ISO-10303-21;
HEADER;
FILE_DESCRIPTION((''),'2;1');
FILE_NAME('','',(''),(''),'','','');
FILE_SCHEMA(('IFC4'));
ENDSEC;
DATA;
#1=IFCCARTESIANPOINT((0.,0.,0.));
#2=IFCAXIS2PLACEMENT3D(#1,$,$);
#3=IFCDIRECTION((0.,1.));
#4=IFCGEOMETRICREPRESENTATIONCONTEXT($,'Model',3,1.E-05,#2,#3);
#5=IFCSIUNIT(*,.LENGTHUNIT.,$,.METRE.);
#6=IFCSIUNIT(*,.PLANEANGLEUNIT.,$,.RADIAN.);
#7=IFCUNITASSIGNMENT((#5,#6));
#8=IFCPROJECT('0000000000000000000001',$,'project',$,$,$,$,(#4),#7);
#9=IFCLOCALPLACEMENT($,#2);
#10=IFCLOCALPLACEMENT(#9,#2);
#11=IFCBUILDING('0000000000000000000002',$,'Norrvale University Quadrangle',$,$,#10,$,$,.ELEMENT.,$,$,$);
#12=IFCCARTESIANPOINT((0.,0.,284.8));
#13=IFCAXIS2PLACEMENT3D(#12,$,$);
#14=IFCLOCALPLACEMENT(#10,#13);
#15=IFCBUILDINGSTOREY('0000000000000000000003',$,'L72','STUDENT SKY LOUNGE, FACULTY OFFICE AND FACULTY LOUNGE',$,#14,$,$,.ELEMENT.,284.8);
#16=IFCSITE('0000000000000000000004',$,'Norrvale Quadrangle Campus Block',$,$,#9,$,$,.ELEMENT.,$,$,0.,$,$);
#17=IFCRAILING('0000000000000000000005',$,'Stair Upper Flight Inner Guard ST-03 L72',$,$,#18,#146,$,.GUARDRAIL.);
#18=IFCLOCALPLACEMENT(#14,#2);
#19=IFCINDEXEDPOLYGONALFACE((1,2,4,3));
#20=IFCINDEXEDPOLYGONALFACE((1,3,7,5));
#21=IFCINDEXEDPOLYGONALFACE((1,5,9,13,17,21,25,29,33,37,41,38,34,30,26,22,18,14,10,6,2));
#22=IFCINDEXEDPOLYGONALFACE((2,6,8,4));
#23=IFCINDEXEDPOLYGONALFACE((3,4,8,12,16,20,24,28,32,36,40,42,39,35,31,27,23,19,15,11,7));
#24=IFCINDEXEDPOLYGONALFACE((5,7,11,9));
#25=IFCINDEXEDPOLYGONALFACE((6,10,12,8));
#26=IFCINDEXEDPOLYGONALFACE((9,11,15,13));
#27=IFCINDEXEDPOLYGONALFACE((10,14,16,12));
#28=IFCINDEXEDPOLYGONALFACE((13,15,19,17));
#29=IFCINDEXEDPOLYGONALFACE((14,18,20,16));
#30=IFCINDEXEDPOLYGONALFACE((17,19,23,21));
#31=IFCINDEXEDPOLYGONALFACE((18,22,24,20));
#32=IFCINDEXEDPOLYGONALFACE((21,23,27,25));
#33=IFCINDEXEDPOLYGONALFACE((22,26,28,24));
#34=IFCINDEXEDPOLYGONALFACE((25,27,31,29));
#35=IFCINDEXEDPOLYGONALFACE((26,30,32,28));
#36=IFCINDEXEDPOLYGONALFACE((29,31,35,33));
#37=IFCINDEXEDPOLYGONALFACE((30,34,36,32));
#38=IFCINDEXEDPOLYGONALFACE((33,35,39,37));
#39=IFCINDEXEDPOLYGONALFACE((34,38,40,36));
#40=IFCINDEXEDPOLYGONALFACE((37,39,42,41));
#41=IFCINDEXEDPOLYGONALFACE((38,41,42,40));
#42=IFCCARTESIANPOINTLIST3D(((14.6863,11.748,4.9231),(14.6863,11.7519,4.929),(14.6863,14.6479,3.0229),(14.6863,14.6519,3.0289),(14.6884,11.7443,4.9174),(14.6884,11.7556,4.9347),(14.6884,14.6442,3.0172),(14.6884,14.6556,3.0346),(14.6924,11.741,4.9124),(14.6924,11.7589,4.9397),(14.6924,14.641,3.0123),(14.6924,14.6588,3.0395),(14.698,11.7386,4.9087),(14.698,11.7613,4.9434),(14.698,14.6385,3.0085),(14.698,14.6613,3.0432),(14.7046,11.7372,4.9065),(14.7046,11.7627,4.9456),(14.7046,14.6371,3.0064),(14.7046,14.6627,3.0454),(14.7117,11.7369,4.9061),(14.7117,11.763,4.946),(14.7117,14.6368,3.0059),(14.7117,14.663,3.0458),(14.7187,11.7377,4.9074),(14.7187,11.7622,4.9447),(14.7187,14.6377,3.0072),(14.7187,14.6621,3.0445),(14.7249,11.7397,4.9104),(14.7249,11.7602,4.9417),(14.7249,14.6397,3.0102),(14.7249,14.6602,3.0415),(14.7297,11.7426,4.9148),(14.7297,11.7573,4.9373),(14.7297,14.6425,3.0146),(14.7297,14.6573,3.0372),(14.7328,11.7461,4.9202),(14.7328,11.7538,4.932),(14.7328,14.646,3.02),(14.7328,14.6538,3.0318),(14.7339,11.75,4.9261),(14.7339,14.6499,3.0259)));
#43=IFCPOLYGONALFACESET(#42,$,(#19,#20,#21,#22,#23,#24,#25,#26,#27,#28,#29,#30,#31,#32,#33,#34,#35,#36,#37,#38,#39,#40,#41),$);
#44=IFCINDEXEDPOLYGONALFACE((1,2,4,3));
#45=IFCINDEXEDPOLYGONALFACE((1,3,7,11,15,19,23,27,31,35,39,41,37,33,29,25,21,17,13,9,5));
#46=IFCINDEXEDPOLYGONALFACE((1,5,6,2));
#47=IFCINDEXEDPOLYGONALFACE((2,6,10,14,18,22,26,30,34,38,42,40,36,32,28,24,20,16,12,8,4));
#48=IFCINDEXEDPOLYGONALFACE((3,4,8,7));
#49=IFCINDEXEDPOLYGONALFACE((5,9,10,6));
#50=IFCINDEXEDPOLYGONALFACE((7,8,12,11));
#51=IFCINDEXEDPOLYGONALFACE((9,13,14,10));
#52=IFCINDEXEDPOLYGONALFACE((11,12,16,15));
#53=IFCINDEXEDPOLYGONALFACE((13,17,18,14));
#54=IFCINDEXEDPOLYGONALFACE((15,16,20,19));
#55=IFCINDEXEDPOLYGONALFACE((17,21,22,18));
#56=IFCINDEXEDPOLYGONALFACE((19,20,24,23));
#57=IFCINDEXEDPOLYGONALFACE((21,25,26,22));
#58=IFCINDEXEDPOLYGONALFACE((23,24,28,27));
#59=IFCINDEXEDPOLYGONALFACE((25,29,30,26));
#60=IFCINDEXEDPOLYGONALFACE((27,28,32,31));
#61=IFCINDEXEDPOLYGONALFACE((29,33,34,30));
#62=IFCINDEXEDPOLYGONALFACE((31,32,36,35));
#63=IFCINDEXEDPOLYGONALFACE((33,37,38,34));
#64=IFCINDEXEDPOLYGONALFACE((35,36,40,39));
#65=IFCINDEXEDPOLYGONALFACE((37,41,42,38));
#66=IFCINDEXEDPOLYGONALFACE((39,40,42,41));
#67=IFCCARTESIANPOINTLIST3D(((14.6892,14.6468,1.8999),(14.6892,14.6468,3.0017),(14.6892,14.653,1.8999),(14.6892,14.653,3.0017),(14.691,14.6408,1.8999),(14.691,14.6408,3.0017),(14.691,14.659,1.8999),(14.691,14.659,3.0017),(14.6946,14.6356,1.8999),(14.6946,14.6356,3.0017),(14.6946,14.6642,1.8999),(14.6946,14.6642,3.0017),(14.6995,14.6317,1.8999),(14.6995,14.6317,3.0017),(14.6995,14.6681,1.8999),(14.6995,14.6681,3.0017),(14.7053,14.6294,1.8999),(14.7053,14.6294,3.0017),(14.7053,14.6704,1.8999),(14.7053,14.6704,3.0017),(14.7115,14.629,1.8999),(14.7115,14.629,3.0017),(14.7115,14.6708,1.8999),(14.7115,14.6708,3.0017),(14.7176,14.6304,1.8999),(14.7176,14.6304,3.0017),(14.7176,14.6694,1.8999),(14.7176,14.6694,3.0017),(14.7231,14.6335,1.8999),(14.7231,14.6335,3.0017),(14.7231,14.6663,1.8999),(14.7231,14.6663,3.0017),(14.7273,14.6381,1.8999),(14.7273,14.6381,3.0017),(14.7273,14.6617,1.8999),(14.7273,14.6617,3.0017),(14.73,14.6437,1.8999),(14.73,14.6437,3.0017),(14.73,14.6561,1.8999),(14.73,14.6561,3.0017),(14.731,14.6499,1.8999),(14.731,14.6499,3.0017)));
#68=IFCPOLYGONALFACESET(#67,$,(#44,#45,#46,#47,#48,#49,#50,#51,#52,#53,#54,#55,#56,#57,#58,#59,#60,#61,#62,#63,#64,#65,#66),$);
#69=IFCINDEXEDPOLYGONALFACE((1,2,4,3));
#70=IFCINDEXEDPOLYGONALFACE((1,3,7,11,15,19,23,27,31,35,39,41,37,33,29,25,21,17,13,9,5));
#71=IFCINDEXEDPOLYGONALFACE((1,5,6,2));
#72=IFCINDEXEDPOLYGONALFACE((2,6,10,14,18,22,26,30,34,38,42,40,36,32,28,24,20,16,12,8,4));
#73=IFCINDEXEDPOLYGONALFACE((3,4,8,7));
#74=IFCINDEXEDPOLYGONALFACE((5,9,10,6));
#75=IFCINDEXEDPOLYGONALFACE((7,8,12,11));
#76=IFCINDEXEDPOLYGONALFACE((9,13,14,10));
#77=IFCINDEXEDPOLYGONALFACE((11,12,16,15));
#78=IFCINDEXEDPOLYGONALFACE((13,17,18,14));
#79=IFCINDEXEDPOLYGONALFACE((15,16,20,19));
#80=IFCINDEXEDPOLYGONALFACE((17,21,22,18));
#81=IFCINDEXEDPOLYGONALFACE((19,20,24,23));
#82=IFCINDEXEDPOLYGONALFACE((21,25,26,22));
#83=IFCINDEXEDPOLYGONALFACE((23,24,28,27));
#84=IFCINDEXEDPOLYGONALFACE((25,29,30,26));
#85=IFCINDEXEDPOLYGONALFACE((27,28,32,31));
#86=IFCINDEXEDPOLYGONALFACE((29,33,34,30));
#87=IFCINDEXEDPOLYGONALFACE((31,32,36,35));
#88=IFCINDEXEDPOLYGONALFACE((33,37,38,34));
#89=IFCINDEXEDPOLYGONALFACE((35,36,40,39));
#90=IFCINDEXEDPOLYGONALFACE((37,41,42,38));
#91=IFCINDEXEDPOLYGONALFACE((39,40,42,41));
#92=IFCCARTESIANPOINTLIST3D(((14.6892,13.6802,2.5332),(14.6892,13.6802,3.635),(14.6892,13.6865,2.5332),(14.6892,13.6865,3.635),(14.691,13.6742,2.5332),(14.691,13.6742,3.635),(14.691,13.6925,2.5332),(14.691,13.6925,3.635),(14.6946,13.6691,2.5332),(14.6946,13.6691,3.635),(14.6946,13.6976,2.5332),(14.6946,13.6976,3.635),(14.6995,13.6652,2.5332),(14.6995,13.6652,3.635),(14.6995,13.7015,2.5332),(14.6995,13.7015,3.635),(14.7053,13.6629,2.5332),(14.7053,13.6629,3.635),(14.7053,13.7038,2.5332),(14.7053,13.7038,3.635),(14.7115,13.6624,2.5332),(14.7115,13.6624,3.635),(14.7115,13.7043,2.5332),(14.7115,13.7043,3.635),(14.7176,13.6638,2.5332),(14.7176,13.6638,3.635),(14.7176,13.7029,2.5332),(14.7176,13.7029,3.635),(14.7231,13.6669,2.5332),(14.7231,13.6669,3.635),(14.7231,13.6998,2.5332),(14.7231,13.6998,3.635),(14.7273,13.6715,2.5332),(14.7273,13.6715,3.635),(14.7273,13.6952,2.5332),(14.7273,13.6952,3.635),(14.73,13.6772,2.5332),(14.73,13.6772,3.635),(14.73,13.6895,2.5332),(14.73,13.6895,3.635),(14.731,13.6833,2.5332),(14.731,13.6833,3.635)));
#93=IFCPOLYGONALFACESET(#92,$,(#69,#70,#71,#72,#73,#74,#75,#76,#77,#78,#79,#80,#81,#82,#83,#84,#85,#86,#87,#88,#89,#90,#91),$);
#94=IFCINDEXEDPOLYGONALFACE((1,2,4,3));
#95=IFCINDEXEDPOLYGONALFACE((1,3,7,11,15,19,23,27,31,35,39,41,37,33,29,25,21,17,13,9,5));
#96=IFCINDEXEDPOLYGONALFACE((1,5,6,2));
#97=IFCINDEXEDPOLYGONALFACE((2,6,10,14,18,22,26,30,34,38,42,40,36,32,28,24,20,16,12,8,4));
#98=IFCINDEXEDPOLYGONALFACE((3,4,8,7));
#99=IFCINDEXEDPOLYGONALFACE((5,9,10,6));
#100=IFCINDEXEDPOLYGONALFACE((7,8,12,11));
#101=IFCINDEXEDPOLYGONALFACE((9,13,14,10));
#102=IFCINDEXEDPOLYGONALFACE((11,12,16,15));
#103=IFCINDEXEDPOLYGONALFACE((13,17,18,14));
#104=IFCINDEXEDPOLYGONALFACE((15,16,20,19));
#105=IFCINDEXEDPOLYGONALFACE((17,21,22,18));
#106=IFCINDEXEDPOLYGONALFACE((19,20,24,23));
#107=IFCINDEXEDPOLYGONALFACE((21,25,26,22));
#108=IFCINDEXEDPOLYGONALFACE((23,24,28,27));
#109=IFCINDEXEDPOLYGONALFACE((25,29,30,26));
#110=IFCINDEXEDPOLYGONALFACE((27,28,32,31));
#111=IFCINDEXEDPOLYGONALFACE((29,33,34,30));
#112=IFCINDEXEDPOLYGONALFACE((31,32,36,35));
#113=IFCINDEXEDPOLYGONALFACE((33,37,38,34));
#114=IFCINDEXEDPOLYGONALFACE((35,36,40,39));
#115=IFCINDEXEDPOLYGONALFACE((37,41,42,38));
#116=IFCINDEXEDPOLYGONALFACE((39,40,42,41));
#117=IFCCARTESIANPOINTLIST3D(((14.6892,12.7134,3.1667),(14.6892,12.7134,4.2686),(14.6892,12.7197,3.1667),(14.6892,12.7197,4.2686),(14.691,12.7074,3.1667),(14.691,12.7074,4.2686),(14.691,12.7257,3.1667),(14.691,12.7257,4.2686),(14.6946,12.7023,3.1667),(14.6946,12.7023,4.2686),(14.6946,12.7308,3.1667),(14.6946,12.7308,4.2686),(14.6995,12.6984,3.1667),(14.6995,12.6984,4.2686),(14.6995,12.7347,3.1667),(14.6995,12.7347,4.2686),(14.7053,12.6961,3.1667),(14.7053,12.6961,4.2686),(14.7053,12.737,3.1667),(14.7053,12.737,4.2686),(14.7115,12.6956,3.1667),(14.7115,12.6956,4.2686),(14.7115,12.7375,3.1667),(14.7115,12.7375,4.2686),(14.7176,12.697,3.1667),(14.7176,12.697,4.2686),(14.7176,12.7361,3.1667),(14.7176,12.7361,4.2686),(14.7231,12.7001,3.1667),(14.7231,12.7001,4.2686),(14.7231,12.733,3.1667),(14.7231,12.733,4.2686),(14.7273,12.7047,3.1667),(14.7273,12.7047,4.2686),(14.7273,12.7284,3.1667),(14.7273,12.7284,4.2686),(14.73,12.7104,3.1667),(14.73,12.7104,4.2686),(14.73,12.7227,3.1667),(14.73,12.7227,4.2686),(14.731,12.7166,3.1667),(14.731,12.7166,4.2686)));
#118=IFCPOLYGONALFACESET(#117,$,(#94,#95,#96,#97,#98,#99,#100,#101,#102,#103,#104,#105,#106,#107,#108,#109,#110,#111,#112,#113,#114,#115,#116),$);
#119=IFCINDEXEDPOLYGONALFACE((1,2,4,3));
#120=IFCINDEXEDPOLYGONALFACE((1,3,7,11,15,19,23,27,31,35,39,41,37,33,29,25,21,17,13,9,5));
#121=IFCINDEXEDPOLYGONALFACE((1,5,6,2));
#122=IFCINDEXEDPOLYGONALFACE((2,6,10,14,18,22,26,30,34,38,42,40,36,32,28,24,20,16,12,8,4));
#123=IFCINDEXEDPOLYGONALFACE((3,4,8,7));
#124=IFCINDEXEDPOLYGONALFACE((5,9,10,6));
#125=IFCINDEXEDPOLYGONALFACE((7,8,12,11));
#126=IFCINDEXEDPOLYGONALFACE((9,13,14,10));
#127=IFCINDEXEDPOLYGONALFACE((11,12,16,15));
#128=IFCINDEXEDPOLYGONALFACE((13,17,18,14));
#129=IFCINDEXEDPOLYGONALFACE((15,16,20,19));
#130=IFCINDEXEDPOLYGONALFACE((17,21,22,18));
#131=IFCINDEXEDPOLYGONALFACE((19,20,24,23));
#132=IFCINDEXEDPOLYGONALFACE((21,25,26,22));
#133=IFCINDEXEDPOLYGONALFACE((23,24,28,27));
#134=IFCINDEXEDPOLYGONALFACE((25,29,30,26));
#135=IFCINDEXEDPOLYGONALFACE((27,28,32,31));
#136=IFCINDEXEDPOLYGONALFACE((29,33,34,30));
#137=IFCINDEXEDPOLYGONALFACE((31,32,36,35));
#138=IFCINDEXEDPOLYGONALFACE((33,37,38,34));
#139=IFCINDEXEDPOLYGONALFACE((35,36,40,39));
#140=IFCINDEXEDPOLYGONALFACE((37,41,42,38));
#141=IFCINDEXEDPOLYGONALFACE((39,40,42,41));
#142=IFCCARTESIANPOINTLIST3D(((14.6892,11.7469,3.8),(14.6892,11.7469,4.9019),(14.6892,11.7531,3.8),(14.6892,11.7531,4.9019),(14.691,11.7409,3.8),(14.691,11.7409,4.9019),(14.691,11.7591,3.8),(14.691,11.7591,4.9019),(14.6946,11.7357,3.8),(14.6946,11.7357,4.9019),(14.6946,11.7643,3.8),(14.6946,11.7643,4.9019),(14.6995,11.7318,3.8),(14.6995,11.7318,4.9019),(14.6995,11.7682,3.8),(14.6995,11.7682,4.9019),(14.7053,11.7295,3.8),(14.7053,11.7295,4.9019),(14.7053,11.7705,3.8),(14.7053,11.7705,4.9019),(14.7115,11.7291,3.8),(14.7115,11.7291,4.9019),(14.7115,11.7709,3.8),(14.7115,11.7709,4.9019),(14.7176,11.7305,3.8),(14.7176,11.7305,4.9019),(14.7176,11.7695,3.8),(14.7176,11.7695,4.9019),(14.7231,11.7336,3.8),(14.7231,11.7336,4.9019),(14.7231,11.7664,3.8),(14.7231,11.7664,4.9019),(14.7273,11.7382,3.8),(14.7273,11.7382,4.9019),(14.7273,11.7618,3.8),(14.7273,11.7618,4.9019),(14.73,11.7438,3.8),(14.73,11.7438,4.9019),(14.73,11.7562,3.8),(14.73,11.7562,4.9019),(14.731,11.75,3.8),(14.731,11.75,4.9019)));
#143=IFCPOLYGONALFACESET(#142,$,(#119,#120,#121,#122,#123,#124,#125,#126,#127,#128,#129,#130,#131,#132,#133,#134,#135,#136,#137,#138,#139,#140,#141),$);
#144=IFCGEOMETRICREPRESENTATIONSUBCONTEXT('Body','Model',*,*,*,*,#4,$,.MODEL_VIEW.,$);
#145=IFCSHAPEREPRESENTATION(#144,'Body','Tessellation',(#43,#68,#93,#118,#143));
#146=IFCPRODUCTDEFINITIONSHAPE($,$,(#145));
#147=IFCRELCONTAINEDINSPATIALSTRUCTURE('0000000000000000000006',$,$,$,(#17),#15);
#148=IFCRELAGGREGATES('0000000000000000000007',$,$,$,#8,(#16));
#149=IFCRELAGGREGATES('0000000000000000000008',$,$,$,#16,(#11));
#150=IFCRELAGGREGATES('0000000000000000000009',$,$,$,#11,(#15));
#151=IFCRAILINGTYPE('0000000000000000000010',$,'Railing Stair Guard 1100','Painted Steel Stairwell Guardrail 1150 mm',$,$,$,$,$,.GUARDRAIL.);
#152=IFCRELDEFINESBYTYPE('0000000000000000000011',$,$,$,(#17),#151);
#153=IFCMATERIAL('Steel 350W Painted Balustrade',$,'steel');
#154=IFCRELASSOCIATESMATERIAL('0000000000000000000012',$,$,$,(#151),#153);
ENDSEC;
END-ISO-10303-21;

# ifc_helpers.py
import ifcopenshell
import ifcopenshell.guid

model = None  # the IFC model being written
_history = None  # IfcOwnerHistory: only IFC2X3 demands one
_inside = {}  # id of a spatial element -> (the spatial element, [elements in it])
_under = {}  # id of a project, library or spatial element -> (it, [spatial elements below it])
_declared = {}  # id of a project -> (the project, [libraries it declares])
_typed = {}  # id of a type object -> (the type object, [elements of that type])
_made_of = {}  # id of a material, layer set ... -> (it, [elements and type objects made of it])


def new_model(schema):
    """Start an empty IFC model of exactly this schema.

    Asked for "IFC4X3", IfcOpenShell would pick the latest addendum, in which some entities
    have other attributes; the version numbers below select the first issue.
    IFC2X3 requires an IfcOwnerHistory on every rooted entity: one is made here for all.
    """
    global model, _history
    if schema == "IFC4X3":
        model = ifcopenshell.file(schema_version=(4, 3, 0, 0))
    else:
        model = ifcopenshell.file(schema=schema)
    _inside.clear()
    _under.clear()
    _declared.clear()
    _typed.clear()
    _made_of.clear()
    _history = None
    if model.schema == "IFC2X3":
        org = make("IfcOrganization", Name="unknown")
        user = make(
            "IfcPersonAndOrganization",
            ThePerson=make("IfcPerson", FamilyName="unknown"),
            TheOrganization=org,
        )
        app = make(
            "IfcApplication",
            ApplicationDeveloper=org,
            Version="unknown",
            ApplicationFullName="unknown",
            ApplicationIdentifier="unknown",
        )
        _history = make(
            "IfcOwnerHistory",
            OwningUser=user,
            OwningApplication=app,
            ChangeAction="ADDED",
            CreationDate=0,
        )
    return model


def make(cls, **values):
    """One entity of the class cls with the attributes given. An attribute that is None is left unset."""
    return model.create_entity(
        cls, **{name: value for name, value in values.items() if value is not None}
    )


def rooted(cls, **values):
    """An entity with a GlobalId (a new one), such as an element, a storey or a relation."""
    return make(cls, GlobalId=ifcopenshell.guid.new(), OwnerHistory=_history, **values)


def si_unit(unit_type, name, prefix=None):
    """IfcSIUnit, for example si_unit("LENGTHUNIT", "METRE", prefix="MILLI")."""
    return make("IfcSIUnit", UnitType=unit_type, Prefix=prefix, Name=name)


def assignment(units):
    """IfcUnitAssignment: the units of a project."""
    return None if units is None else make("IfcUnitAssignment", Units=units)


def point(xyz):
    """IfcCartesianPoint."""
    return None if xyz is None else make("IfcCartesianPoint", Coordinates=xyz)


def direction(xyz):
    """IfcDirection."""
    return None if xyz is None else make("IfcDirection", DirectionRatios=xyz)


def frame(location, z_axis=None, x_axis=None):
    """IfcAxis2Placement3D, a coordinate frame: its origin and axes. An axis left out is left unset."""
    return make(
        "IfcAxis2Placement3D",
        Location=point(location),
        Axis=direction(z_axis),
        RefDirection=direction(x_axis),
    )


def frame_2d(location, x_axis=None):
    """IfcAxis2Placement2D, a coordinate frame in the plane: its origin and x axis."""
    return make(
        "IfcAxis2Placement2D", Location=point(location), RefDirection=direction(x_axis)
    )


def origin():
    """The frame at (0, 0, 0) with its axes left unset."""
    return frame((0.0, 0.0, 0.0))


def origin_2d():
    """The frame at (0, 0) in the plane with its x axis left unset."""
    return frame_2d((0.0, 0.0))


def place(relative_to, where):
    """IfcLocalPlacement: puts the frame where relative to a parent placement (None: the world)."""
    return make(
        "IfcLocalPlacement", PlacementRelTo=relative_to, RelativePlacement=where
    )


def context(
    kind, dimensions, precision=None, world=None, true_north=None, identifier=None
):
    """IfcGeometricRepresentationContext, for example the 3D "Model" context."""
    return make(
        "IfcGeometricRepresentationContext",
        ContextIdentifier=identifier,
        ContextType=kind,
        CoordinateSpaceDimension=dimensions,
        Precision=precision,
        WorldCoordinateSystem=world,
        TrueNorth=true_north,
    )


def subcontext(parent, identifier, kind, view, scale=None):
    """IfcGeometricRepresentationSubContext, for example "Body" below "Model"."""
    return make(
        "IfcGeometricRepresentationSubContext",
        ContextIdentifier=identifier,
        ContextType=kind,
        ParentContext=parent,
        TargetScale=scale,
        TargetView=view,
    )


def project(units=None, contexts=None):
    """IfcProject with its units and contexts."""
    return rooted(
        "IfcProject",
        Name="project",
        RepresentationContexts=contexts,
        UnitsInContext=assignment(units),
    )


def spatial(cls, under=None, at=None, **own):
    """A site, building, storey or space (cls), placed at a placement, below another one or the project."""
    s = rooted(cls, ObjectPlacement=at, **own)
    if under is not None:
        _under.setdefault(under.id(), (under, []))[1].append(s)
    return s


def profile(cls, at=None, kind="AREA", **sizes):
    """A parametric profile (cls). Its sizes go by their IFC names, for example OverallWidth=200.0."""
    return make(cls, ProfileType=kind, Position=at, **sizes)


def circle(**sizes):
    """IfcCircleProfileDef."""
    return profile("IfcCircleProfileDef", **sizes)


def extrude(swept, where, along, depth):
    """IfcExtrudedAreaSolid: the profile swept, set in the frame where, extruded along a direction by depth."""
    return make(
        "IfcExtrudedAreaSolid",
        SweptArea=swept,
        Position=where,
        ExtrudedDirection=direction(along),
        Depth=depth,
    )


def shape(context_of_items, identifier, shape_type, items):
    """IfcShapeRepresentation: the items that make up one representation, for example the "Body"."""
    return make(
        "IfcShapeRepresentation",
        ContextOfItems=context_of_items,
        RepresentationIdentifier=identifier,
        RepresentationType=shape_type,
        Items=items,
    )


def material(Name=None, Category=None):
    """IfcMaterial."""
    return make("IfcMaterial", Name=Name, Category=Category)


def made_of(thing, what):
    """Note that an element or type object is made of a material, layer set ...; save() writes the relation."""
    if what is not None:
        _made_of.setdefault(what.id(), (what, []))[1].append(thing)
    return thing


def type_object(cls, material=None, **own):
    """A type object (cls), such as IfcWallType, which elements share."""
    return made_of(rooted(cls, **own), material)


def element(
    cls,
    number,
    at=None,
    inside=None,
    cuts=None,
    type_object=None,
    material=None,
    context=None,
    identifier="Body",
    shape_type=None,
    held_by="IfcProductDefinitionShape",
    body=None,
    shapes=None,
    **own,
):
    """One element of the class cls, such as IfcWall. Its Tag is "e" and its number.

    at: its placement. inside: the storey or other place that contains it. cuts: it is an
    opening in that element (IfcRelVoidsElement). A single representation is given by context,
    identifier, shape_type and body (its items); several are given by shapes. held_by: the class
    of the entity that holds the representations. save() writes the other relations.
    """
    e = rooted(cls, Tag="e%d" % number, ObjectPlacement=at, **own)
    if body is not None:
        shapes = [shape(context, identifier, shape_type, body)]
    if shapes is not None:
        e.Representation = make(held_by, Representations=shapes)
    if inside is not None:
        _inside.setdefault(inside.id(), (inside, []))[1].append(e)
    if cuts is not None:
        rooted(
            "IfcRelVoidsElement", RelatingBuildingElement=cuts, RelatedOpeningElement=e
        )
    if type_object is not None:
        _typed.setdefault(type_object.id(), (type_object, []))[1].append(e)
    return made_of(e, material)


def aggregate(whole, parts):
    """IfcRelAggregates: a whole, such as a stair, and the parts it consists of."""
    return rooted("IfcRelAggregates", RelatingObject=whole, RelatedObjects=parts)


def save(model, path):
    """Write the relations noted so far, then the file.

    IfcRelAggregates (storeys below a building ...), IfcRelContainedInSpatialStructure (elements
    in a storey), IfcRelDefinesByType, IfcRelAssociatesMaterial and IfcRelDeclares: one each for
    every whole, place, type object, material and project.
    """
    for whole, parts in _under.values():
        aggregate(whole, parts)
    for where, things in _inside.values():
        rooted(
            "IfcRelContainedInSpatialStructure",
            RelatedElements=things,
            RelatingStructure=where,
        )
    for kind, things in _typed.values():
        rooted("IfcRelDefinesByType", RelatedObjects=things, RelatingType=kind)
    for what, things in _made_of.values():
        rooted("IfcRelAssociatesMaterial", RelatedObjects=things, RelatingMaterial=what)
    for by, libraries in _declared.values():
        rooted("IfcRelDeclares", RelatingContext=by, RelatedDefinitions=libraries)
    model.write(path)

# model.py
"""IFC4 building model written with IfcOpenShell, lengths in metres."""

from ifc_helpers import new_model, si_unit, direction, frame, origin, origin_2d, place, context, subcontext, project, spatial, circle, extrude, material, type_object, element, save


model = new_model("IFC4")

# Units and contexts
model_context = context("Model", 3, precision=1e-05, world=origin(), true_north=direction((0.0, 1.0)))
body_context = subcontext(model_context, "Body", "Model", "MODEL_VIEW")
ifc_project = project(units=[si_unit("LENGTHUNIT", "METRE"), si_unit("PLANEANGLEUNIT", "RADIAN")], contexts=[model_context])

# Site, building, storey
site_placement = place(None, origin())
site = spatial("IfcSite", under=ifc_project, at=site_placement, Name="Norrvale Quadrangle Campus Block", CompositionType="ELEMENT", RefElevation=0.0)
building_placement = place(site_placement, origin())
building = spatial("IfcBuilding", under=site, at=building_placement, Name="Norrvale University Quadrangle", CompositionType="ELEMENT")
storey_placement = place(building_placement, frame((0.0, 0.0, 284.8)))
storey = spatial("IfcBuildingStorey", under=building, at=storey_placement, Name="L72", Description="STUDENT SKY LOUNGE, FACULTY OFFICE AND FACULTY LOUNGE", CompositionType="ELEMENT", Elevation=284.8)

# Railing
ifc_material_1 = material(Name="Steel 350W Painted Balustrade", Category="steel")
railing_type_1 = type_object("IfcRailingType", Name="Railing Stair Guard 1100", Description="Painted Steel Stairwell Guardrail 1150 mm", PredefinedType="GUARDRAIL", material=ifc_material_1)
railing_1_placement = place(storey_placement, frame((14.71, 14.6499, 1.8999)))
element("IfcRailing", 1, at=railing_1_placement, inside=storey, type_object=railing_type_1, Name="Stair Upper Flight Inner Guard ST-03 L72", PredefinedType="GUARDRAIL", context=body_context, shape_type="SweptSolid", body=[
    extrude(circle(Radius=0.0239, at=origin_2d()), frame((0.0, 0.0, 1.126), z_axis=(0.0, -0.836433, 0.548069), x_axis=(1.0, 0.0, 0.0)), (0.0, 0.0, 1.0), 3.467),
    extrude(circle(Radius=0.021, at=origin_2d()), origin(), (0.0, 0.0, 1.0), 1.1018),
    extrude(circle(Radius=0.021, at=origin_2d()), frame((0.0, -0.9666, 0.6333)), (0.0, 0.0, 1.0), 1.1018),
    extrude(circle(Radius=0.021, at=origin_2d()), frame((0.0, -1.9333, 1.2668)), (0.0, 0.0, 1.0), 1.1018),
    extrude(circle(Radius=0.021, at=origin_2d()), frame((0.0, -2.8999, 1.9001)), (0.0, 0.0, 1.0), 1.1018),
])

save(model, "model.ifc")
